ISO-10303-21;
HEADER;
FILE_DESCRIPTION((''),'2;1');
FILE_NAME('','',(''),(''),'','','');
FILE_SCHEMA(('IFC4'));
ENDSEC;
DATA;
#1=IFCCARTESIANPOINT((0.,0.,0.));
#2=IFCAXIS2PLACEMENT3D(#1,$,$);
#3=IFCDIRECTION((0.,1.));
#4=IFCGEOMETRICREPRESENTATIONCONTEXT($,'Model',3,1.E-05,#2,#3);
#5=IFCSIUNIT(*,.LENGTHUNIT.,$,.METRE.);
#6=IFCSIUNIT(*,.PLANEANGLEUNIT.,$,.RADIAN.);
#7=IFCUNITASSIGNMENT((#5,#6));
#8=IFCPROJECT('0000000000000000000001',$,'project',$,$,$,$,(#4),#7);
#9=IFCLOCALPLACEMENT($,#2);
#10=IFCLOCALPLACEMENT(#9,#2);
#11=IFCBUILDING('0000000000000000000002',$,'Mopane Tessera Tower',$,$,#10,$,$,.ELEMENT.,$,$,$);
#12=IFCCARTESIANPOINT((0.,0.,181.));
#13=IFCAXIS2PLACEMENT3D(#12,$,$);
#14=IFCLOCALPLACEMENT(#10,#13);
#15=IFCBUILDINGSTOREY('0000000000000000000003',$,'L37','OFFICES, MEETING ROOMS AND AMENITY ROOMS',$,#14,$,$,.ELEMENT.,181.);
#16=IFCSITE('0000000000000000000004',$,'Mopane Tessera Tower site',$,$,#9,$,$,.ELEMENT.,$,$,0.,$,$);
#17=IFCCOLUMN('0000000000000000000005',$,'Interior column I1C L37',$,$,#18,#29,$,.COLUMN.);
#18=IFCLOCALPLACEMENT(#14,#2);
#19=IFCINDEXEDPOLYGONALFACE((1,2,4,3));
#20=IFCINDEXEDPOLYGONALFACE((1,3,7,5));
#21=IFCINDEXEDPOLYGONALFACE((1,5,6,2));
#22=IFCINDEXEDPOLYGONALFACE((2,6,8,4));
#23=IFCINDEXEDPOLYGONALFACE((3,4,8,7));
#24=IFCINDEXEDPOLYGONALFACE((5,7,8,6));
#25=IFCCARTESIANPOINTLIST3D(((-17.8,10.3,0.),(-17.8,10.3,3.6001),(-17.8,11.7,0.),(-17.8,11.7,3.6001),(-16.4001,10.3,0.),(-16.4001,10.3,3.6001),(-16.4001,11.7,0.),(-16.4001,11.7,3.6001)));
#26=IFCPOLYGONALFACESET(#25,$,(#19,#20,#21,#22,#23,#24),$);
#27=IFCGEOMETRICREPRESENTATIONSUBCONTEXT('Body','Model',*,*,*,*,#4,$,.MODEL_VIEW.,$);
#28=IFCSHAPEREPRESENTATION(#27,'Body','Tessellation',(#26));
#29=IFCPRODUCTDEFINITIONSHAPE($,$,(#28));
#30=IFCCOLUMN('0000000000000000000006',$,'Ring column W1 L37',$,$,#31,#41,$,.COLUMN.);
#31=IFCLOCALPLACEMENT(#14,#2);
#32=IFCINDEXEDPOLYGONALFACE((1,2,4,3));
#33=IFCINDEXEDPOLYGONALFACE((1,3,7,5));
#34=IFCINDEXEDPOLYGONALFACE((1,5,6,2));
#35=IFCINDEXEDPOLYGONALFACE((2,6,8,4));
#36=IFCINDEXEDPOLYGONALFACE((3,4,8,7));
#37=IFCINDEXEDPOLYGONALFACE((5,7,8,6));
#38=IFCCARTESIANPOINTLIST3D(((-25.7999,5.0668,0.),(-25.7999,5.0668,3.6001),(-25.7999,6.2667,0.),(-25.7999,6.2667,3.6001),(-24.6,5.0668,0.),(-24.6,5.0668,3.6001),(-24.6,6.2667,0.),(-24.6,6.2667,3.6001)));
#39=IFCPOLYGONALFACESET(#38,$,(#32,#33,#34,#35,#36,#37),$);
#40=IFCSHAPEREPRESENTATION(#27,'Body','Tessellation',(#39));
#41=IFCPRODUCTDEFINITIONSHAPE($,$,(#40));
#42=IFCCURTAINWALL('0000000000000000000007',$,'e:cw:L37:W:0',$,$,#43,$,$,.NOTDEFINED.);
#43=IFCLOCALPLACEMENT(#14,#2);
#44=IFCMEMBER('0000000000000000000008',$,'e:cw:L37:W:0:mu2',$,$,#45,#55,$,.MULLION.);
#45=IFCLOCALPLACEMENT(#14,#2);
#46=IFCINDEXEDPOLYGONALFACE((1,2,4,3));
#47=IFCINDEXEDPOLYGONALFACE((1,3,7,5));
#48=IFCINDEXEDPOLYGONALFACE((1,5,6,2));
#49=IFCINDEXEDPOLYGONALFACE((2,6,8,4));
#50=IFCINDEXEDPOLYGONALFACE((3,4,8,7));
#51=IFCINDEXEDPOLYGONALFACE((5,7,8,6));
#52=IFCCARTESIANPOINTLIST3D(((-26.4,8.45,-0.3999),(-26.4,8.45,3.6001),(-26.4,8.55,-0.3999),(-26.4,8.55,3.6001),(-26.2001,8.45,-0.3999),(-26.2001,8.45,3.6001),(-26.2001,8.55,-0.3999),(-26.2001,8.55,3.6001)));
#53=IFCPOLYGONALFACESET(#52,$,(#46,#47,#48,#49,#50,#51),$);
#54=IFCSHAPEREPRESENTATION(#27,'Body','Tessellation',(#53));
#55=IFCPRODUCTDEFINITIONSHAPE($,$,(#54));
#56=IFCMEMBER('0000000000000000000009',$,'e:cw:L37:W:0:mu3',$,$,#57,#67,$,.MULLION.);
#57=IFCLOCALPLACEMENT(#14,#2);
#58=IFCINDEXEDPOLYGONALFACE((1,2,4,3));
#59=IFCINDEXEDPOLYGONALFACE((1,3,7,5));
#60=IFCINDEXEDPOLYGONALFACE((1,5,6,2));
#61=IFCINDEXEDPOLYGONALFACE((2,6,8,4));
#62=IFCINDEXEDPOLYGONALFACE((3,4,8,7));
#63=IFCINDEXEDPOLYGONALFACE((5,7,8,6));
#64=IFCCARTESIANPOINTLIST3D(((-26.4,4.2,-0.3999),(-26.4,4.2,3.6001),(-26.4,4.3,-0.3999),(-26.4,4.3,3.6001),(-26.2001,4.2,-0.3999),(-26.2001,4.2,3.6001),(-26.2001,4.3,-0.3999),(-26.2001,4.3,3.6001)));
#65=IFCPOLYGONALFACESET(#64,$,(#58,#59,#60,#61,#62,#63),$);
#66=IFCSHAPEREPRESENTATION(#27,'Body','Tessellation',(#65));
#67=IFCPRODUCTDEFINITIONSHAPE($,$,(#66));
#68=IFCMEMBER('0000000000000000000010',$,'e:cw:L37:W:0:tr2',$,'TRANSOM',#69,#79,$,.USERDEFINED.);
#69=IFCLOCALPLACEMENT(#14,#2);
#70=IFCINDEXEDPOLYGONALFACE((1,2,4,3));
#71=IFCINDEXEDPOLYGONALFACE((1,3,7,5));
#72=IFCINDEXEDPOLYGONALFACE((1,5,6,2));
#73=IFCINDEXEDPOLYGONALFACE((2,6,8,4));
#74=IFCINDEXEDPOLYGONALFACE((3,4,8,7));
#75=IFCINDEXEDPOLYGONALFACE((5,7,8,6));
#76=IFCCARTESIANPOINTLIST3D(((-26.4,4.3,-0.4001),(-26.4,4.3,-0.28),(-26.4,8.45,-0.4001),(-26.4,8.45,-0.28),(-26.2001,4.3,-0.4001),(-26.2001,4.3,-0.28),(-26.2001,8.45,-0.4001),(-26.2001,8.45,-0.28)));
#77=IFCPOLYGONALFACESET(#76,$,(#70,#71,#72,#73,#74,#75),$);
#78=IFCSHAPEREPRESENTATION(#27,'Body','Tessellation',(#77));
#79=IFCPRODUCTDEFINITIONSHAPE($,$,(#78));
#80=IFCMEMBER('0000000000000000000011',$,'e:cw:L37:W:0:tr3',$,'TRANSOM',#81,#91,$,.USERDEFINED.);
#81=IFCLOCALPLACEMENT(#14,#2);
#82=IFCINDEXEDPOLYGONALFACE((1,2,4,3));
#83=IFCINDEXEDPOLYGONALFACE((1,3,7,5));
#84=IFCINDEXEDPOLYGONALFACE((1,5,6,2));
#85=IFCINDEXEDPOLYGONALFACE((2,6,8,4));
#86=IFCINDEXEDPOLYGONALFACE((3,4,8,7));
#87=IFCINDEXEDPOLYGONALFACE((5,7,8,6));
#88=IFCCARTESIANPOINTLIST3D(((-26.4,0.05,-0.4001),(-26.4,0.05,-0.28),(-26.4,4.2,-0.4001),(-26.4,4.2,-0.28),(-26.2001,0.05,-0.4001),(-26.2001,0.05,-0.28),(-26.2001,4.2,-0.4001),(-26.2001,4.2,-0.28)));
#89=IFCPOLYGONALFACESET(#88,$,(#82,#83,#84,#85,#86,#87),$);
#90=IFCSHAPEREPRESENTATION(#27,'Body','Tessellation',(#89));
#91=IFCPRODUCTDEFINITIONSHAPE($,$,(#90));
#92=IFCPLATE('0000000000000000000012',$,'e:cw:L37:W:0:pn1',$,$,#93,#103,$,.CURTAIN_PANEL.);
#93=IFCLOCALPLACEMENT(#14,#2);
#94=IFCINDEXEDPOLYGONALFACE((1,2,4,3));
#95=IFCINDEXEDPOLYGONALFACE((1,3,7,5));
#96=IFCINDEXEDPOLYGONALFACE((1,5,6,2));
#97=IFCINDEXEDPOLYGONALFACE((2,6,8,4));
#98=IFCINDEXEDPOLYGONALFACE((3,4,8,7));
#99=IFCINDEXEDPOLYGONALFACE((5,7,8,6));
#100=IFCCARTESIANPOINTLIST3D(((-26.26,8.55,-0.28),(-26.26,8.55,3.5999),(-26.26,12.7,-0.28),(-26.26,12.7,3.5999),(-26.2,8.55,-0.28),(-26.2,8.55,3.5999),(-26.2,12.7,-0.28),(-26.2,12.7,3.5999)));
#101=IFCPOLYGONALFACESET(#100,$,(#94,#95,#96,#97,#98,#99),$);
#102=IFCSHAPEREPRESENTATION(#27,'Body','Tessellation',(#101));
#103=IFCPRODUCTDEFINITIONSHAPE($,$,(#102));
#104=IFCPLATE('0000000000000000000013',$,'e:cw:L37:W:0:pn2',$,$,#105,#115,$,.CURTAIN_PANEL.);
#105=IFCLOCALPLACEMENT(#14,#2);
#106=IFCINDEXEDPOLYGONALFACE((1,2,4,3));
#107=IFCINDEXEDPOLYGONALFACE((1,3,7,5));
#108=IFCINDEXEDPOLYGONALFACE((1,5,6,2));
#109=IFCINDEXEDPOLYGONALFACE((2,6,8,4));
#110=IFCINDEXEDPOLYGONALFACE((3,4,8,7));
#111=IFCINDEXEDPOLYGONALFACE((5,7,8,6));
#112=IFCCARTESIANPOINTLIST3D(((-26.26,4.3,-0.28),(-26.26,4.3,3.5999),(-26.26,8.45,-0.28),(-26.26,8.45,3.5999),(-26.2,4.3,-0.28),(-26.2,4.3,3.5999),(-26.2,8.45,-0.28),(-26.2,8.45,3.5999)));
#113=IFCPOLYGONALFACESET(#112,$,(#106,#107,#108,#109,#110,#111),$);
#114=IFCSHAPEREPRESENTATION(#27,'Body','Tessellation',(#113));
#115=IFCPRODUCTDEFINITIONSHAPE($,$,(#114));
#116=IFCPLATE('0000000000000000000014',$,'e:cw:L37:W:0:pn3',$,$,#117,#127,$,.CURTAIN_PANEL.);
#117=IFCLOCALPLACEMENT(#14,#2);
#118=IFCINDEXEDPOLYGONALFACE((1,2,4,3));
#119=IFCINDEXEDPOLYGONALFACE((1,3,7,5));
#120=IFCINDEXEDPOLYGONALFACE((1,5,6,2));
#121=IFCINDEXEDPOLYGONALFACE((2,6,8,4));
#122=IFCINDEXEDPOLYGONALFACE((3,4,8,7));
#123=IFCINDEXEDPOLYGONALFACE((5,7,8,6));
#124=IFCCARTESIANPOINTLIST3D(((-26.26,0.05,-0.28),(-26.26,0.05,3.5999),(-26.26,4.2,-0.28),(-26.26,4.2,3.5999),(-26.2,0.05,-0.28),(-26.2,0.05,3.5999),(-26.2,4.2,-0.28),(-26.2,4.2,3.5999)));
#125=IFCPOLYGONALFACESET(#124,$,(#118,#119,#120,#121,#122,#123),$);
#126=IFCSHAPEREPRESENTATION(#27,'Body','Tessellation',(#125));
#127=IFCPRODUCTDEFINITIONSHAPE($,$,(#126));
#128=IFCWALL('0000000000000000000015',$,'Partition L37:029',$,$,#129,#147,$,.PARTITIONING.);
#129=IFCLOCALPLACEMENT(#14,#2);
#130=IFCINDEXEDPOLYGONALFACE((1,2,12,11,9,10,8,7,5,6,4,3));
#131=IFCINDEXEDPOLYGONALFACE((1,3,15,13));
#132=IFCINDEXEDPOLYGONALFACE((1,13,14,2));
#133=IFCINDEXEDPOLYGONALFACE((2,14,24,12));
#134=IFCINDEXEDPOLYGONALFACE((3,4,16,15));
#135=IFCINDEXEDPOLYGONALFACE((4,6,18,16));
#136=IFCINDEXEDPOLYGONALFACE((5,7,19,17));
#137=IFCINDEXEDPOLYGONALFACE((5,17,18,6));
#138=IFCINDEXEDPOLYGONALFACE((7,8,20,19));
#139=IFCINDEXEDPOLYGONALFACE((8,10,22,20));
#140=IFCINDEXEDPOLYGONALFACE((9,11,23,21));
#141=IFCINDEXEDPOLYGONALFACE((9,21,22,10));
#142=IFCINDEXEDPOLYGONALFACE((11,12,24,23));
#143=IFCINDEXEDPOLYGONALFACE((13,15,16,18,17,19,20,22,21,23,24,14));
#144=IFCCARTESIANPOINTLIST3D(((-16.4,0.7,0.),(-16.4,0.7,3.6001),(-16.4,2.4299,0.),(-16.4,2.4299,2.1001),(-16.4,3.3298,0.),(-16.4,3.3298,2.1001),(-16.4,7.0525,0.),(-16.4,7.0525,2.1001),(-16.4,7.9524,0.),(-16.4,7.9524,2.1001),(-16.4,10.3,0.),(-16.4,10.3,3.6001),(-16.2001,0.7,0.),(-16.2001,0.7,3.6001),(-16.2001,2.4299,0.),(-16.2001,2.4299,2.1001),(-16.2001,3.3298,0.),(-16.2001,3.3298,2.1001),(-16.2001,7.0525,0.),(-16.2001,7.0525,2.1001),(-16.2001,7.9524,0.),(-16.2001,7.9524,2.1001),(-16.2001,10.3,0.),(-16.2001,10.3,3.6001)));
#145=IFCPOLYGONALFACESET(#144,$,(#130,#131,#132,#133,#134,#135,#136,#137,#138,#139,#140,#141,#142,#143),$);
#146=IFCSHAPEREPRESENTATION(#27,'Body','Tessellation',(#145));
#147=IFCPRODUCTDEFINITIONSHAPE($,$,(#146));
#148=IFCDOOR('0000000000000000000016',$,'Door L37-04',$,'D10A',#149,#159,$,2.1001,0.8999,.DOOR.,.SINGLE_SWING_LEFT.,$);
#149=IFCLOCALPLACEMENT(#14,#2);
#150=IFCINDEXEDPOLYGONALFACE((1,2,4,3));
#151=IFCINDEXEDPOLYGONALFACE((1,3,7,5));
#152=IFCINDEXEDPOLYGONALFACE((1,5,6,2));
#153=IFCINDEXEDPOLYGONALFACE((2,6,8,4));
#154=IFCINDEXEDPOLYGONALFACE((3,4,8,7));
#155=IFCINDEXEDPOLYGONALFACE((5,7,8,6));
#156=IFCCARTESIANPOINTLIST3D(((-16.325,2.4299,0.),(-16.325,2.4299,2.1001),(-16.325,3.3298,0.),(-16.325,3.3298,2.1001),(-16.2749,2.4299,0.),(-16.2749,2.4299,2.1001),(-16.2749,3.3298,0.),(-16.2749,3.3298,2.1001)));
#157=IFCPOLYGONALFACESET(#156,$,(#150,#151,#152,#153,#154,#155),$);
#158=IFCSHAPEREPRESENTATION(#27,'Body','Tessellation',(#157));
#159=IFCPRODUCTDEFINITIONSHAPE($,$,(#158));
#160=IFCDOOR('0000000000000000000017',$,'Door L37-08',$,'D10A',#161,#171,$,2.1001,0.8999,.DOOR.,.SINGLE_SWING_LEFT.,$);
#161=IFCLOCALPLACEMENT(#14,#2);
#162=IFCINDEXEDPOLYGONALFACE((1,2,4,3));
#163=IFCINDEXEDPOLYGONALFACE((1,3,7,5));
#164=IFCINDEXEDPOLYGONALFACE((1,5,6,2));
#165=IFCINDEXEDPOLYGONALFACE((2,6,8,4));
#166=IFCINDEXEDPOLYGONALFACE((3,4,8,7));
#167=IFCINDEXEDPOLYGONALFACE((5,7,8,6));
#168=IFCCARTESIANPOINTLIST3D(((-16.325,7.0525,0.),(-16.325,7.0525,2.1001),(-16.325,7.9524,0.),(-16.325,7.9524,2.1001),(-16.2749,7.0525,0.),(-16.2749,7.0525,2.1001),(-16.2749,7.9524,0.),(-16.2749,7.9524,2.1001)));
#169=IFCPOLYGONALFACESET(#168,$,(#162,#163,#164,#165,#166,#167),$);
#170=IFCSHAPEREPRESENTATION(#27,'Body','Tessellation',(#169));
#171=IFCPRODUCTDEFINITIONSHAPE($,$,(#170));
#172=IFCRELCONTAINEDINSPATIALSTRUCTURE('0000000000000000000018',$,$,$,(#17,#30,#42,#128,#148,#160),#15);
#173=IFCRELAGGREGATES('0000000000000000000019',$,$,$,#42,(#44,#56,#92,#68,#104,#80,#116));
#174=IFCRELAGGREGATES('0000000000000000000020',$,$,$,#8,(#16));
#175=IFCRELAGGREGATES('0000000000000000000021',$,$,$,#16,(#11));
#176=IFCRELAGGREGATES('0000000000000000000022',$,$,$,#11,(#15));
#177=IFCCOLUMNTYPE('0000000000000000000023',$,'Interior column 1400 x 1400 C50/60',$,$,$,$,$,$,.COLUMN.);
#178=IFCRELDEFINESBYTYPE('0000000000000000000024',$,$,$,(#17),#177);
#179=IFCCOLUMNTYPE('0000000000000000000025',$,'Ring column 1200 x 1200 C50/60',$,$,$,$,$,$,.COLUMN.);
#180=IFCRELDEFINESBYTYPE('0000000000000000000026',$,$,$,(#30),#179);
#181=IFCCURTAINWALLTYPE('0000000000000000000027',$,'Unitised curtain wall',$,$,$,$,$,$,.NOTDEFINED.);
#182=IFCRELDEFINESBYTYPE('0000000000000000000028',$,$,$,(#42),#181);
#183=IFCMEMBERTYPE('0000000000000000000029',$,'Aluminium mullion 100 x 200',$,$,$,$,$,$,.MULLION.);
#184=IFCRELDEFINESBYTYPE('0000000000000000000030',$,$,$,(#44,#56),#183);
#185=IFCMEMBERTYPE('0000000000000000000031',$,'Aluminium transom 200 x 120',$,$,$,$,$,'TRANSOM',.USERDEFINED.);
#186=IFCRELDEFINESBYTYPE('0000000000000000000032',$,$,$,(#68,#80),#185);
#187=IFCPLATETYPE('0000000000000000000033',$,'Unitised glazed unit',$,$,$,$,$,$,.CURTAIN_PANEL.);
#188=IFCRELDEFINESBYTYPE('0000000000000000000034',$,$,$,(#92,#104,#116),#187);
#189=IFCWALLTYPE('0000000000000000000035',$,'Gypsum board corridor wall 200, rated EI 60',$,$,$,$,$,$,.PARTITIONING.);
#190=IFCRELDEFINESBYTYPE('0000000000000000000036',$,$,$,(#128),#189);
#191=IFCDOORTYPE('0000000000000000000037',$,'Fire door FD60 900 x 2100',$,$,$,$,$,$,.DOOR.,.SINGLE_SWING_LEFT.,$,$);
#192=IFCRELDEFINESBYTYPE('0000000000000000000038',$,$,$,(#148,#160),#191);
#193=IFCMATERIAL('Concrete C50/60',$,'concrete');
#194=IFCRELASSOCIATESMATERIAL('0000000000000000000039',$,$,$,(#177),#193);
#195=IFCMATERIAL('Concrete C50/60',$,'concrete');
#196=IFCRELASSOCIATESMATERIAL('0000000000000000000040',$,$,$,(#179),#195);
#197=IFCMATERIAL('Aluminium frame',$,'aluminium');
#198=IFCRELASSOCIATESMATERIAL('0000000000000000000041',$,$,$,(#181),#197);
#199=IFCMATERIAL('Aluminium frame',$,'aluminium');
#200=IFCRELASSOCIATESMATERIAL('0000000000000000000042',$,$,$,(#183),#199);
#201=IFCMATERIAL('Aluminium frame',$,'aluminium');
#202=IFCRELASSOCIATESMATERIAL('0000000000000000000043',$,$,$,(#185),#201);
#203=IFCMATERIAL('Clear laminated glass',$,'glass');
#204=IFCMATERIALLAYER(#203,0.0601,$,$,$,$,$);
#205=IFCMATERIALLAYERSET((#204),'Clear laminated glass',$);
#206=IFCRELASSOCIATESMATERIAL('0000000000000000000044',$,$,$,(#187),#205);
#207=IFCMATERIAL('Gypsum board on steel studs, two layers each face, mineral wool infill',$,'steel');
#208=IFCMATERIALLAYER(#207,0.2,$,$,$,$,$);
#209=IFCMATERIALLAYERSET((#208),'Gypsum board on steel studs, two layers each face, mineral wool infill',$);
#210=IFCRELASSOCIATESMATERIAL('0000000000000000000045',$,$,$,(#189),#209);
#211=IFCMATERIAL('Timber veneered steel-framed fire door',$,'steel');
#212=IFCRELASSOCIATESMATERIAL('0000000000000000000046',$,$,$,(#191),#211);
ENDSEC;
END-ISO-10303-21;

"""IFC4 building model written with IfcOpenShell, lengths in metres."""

from ifc_helpers import new_model, si_unit, direction, frame, frame_2d, origin, origin_2d, place, context, subcontext, project, spatial, rectangle, extrude, material, layer, layer_set, material_profile, profile_set, type_object, element, fill, aggregate, save


model = new_model("IFC4")

# Units and contexts
model_context = context("Model", 3, precision=1e-05, world=origin(), true_north=direction((0.0, 1.0)))
body_context = subcontext(model_context, "Body", "Model", "MODEL_VIEW")
ifc_project = project(units=[si_unit("LENGTHUNIT", "METRE"), si_unit("PLANEANGLEUNIT", "RADIAN")], contexts=[model_context])

# Site, building, storey
site_placement = place(None, origin())
site = spatial("IfcSite", under=ifc_project, at=site_placement, Name="Mopane Tessera Tower site", CompositionType="ELEMENT", RefElevation=0.0)
building_placement = place(site_placement, origin())
building = spatial("IfcBuilding", under=site, at=building_placement, Name="Mopane Tessera Tower", CompositionType="ELEMENT")
storey_placement = place(building_placement, frame((0.0, 0.0, 181.0)))
storey = spatial("IfcBuildingStorey", under=building, at=storey_placement, Name="L37", Description="OFFICES, MEETING ROOMS AND AMENITY ROOMS", CompositionType="ELEMENT", Elevation=181.0)

# Columns
ifc_material_1 = material(Name="Concrete C50/60", Category="concrete")
ifc_material_profile_1 = material_profile(ifc_material_1, rectangle(XDim=1.3999, YDim=1.3999, at=origin_2d()))
ifc_profile_set_1 = profile_set([ifc_material_profile_1], Name="Concrete C50/60")
column_type_1 = type_object("IfcColumnType", Name="Interior column 1400 x 1400 C50/60", PredefinedType="COLUMN", material=ifc_profile_set_1)
column_1_placement = place(storey_placement, frame((-17.1001, 11.0, 0.0), z_axis=(0.0, 0.0, 1.0), x_axis=(1.0, 0.0, 0.0)))
element("IfcColumn", 1, at=column_1_placement, inside=storey, type_object=column_type_1, Name="Interior column I1C L37", PredefinedType="COLUMN", context=body_context, shape_type="SweptSolid", body=[
    extrude(rectangle(XDim=1.3999, YDim=1.3999, at=origin_2d()), origin(), (0.0, 0.0, 1.0), 3.6001),
])
ifc_material_2 = material(Name="Concrete C50/60", Category="concrete")
ifc_material_profile_2 = material_profile(ifc_material_2, rectangle(XDim=1.2, YDim=1.2, at=origin_2d()))
ifc_profile_set_2 = profile_set([ifc_material_profile_2], Name="Concrete C50/60")
column_type_2 = type_object("IfcColumnType", Name="Ring column 1200 x 1200 C50/60", PredefinedType="COLUMN", material=ifc_profile_set_2)
column_2_placement = place(storey_placement, frame((-25.2, 5.6667, 0.0), z_axis=(0.0, 0.0, 1.0), x_axis=(1.0, 0.0, 0.0)))
element("IfcColumn", 2, at=column_2_placement, inside=storey, type_object=column_type_2, Name="Ring column W1 L37", PredefinedType="COLUMN", context=body_context, shape_type="SweptSolid", body=[
    extrude(rectangle(XDim=1.2, YDim=1.2, at=origin_2d()), origin(), (0.0, 0.0, 1.0), 3.6001),
])

# Curtain wall, members, plates
ifc_material_3 = material(Name="Aluminium frame", Category="aluminium")
curtain_wall_type = type_object("IfcCurtainWallType", Name="Unitised curtain wall", PredefinedType="NOTDEFINED", material=ifc_material_3)
curtain_wall_placement = place(storey_placement, origin())
curtain_wall = element("IfcCurtainWall", 3, at=curtain_wall_placement, inside=storey, type_object=curtain_wall_type, Name="e:cw:L37:W:0", PredefinedType="NOTDEFINED")
ifc_material_4 = material(Name="Aluminium frame", Category="aluminium")
ifc_material_profile_3 = material_profile(ifc_material_4, rectangle(XDim=0.1001, YDim=0.2, at=origin_2d()))
ifc_profile_set_3 = profile_set([ifc_material_profile_3], Name="Aluminium frame")
member_type_1 = type_object("IfcMemberType", Name="Aluminium mullion 100 x 200", PredefinedType="MULLION", material=ifc_profile_set_3)
member_1_placement = place(storey_placement, frame((-26.3, 8.5, -0.3999), z_axis=(0.0, 0.0, 1.0), x_axis=(0.0, -1.0, 0.0)))
member_1 = element("IfcMember", 4, at=member_1_placement, type_object=member_type_1, Name="e:cw:L37:W:0:mu2", PredefinedType="MULLION", context=body_context, shape_type="SweptSolid", body=[
    extrude(rectangle(XDim=0.1001, YDim=0.2, at=origin_2d()), origin(), (0.0, 0.0, 1.0), 4.0),
])
member_2_placement = place(storey_placement, frame((-26.3, 4.25, -0.3999), z_axis=(0.0, 0.0, 1.0), x_axis=(0.0, -1.0, 0.0)))
member_2 = element("IfcMember", 5, at=member_2_placement, type_object=member_type_1, Name="e:cw:L37:W:0:mu3", PredefinedType="MULLION", context=body_context, shape_type="SweptSolid", body=[
    extrude(rectangle(XDim=0.1001, YDim=0.2, at=origin_2d()), origin(), (0.0, 0.0, 1.0), 4.0),
])
ifc_material_5 = material(Name="Aluminium frame", Category="aluminium")
ifc_material_profile_4 = material_profile(ifc_material_5, rectangle(XDim=0.2, YDim=0.1201, at=origin_2d()))
ifc_profile_set_4 = profile_set([ifc_material_profile_4], Name="Aluminium frame")
member_type_2 = type_object("IfcMemberType", Name="Aluminium transom 200 x 120", ElementType="TRANSOM", PredefinedType="USERDEFINED", material=ifc_profile_set_4)
member_3_placement = place(storey_placement, frame((-26.3, 8.45, -0.3401), z_axis=(0.0, -1.0, 0.0), x_axis=(1.0, 0.0, 0.0)))
member_3 = element("IfcMember", 6, at=member_3_placement, type_object=member_type_2, Name="e:cw:L37:W:0:tr2", ObjectType="TRANSOM", PredefinedType="USERDEFINED", context=body_context, shape_type="SweptSolid", body=[
    extrude(rectangle(XDim=0.2, YDim=0.1201, at=origin_2d()), origin(), (0.0, 0.0, 1.0), 4.1499),
])
member_4_placement = place(storey_placement, frame((-26.3, 4.2, -0.3401), z_axis=(0.0, -1.0, 0.0), x_axis=(1.0, 0.0, 0.0)))
member_4 = element("IfcMember", 7, at=member_4_placement, type_object=member_type_2, Name="e:cw:L37:W:0:tr3", ObjectType="TRANSOM", PredefinedType="USERDEFINED", context=body_context, shape_type="SweptSolid", body=[
    extrude(rectangle(XDim=0.2, YDim=0.1201, at=origin_2d()), origin(), (0.0, 0.0, 1.0), 4.1499),
])
ifc_material_6 = material(Name="Clear laminated glass", Category="glass")
ifc_layer_1 = layer(ifc_material_6, 0.0601)
ifc_layer_set_1 = layer_set([ifc_layer_1], Name="Clear laminated glass")
plate_type = type_object("IfcPlateType", Name="Unitised glazed unit", PredefinedType="CURTAIN_PANEL", material=ifc_layer_set_1)
plate_1_placement = place(storey_placement, frame((-26.23, 10.625, -0.28), z_axis=(0.0, 0.0, 1.0), x_axis=(0.0, -1.0, 0.0)))
plate_1 = element("IfcPlate", 8, at=plate_1_placement, type_object=plate_type, Name="e:cw:L37:W:0:pn1", PredefinedType="CURTAIN_PANEL", context=body_context, shape_type="SweptSolid", body=[
    extrude(rectangle(XDim=4.1499, YDim=0.0601, at=origin_2d()), origin(), (0.0, 0.0, 1.0), 3.8799),
])
plate_2_placement = place(storey_placement, frame((-26.23, 6.375, -0.28), z_axis=(0.0, 0.0, 1.0), x_axis=(0.0, -1.0, 0.0)))
plate_2 = element("IfcPlate", 9, at=plate_2_placement, type_object=plate_type, Name="e:cw:L37:W:0:pn2", PredefinedType="CURTAIN_PANEL", context=body_context, shape_type="SweptSolid", body=[
    extrude(rectangle(XDim=4.1499, YDim=0.0601, at=origin_2d()), origin(), (0.0, 0.0, 1.0), 3.8799),
])
plate_3_placement = place(storey_placement, frame((-26.23, 2.125, -0.28), z_axis=(0.0, 0.0, 1.0), x_axis=(0.0, -1.0, 0.0)))
plate_3 = element("IfcPlate", 10, at=plate_3_placement, type_object=plate_type, Name="e:cw:L37:W:0:pn3", PredefinedType="CURTAIN_PANEL", context=body_context, shape_type="SweptSolid", body=[
    extrude(rectangle(XDim=4.1499, YDim=0.0601, at=origin_2d()), origin(), (0.0, 0.0, 1.0), 3.8799),
])
aggregate(curtain_wall, [member_1, member_2, plate_1, member_3, plate_2, member_4, plate_3])

# Wall, openings, doors
ifc_material_7 = material(Name="Gypsum board on steel studs, two layers each face, mineral wool infill", Category="steel")
ifc_layer_2 = layer(ifc_material_7, 0.2)
ifc_layer_set_2 = layer_set([ifc_layer_2], Name="Gypsum board on steel studs, two layers each face, mineral wool infill")
wall_type_1 = type_object("IfcWallType", Name="Gypsum board corridor wall 200, rated EI 60", PredefinedType="PARTITIONING", material=ifc_layer_set_2)
wall_1_placement = place(storey_placement, frame((-16.3, 0.7, 0.0), z_axis=(0.0, 0.0, 1.0), x_axis=(0.0, 1.0, 0.0)))
wall_1 = element("IfcWall", 11, at=wall_1_placement, inside=storey, type_object=wall_type_1, Name="Partition L37:029", PredefinedType="PARTITIONING", context=body_context, shape_type="SweptSolid", body=[
    extrude(rectangle(XDim=9.6001, YDim=0.2, at=frame_2d((4.8, 0.0))), origin(), (0.0, 0.0, 1.0), 3.6001),
])
opening_1_placement = place(wall_1_placement, frame((1.73, 0.0, 0.0)))
opening_1 = element("IfcOpeningElement", 12, at=opening_1_placement, cuts=wall_1, PredefinedType="OPENING", context=body_context, shape_type="SweptSolid", body=[
    extrude(rectangle(XDim=0.8999, YDim=2.1001, at=frame_2d((0.45, 1.05))), frame((0.0, 0.1121, 0.0), z_axis=(0.0, -1.0, 0.0), x_axis=(1.0, 0.0, 0.0)), (0.0, 0.0, 1.0), 0.2239),
])
opening_2_placement = place(wall_1_placement, frame((6.3525, 0.0, 0.0)))
opening_2 = element("IfcOpeningElement", 13, at=opening_2_placement, cuts=wall_1, PredefinedType="OPENING", context=body_context, shape_type="SweptSolid", body=[
    extrude(rectangle(XDim=0.8999, YDim=2.1001, at=frame_2d((0.45, 1.05))), frame((0.0, 0.1121, 0.0), z_axis=(0.0, -1.0, 0.0), x_axis=(1.0, 0.0, 0.0)), (0.0, 0.0, 1.0), 0.2239),
])
ifc_material_8 = material(Name="Timber veneered steel-framed fire door", Category="steel")
door_type_1 = type_object("IfcDoorType", Name="Fire door FD60 900 x 2100", OperationType="SINGLE_SWING_LEFT", PredefinedType="DOOR", material=ifc_material_8)
door_1_placement = place(opening_1_placement, origin())
door_1 = element("IfcDoor", 14, at=door_1_placement, inside=storey, type_object=door_type_1, Name="Door L37-04", ObjectType="D10A", OperationType="SINGLE_SWING_LEFT", OverallHeight=2.1001, OverallWidth=0.8999, PredefinedType="DOOR", context=body_context, shape_type="SweptSolid", body=[
    extrude(rectangle(XDim=0.8999, YDim=2.1001, at=frame_2d((0.45, 1.05))), frame((0.0, 0.0249, 0.0), z_axis=(0.0, -1.0, 0.0), x_axis=(1.0, 0.0, 0.0)), (0.0, 0.0, 1.0), 0.05),
])
fill(opening_1, door_1)
door_2_placement = place(opening_2_placement, origin())
door_2 = element("IfcDoor", 15, at=door_2_placement, inside=storey, type_object=door_type_1, Name="Door L37-08", ObjectType="D10A", OperationType="SINGLE_SWING_LEFT", OverallHeight=2.1001, OverallWidth=0.8999, PredefinedType="DOOR", context=body_context, shape_type="SweptSolid", body=[
    extrude(rectangle(XDim=0.8999, YDim=2.1001, at=frame_2d((0.45, 1.05))), frame((0.0, 0.0249, 0.0), z_axis=(0.0, -1.0, 0.0), x_axis=(1.0, 0.0, 0.0)), (0.0, 0.0, 1.0), 0.05),
])
fill(opening_2, door_2)

save(model, "model.ifc")
